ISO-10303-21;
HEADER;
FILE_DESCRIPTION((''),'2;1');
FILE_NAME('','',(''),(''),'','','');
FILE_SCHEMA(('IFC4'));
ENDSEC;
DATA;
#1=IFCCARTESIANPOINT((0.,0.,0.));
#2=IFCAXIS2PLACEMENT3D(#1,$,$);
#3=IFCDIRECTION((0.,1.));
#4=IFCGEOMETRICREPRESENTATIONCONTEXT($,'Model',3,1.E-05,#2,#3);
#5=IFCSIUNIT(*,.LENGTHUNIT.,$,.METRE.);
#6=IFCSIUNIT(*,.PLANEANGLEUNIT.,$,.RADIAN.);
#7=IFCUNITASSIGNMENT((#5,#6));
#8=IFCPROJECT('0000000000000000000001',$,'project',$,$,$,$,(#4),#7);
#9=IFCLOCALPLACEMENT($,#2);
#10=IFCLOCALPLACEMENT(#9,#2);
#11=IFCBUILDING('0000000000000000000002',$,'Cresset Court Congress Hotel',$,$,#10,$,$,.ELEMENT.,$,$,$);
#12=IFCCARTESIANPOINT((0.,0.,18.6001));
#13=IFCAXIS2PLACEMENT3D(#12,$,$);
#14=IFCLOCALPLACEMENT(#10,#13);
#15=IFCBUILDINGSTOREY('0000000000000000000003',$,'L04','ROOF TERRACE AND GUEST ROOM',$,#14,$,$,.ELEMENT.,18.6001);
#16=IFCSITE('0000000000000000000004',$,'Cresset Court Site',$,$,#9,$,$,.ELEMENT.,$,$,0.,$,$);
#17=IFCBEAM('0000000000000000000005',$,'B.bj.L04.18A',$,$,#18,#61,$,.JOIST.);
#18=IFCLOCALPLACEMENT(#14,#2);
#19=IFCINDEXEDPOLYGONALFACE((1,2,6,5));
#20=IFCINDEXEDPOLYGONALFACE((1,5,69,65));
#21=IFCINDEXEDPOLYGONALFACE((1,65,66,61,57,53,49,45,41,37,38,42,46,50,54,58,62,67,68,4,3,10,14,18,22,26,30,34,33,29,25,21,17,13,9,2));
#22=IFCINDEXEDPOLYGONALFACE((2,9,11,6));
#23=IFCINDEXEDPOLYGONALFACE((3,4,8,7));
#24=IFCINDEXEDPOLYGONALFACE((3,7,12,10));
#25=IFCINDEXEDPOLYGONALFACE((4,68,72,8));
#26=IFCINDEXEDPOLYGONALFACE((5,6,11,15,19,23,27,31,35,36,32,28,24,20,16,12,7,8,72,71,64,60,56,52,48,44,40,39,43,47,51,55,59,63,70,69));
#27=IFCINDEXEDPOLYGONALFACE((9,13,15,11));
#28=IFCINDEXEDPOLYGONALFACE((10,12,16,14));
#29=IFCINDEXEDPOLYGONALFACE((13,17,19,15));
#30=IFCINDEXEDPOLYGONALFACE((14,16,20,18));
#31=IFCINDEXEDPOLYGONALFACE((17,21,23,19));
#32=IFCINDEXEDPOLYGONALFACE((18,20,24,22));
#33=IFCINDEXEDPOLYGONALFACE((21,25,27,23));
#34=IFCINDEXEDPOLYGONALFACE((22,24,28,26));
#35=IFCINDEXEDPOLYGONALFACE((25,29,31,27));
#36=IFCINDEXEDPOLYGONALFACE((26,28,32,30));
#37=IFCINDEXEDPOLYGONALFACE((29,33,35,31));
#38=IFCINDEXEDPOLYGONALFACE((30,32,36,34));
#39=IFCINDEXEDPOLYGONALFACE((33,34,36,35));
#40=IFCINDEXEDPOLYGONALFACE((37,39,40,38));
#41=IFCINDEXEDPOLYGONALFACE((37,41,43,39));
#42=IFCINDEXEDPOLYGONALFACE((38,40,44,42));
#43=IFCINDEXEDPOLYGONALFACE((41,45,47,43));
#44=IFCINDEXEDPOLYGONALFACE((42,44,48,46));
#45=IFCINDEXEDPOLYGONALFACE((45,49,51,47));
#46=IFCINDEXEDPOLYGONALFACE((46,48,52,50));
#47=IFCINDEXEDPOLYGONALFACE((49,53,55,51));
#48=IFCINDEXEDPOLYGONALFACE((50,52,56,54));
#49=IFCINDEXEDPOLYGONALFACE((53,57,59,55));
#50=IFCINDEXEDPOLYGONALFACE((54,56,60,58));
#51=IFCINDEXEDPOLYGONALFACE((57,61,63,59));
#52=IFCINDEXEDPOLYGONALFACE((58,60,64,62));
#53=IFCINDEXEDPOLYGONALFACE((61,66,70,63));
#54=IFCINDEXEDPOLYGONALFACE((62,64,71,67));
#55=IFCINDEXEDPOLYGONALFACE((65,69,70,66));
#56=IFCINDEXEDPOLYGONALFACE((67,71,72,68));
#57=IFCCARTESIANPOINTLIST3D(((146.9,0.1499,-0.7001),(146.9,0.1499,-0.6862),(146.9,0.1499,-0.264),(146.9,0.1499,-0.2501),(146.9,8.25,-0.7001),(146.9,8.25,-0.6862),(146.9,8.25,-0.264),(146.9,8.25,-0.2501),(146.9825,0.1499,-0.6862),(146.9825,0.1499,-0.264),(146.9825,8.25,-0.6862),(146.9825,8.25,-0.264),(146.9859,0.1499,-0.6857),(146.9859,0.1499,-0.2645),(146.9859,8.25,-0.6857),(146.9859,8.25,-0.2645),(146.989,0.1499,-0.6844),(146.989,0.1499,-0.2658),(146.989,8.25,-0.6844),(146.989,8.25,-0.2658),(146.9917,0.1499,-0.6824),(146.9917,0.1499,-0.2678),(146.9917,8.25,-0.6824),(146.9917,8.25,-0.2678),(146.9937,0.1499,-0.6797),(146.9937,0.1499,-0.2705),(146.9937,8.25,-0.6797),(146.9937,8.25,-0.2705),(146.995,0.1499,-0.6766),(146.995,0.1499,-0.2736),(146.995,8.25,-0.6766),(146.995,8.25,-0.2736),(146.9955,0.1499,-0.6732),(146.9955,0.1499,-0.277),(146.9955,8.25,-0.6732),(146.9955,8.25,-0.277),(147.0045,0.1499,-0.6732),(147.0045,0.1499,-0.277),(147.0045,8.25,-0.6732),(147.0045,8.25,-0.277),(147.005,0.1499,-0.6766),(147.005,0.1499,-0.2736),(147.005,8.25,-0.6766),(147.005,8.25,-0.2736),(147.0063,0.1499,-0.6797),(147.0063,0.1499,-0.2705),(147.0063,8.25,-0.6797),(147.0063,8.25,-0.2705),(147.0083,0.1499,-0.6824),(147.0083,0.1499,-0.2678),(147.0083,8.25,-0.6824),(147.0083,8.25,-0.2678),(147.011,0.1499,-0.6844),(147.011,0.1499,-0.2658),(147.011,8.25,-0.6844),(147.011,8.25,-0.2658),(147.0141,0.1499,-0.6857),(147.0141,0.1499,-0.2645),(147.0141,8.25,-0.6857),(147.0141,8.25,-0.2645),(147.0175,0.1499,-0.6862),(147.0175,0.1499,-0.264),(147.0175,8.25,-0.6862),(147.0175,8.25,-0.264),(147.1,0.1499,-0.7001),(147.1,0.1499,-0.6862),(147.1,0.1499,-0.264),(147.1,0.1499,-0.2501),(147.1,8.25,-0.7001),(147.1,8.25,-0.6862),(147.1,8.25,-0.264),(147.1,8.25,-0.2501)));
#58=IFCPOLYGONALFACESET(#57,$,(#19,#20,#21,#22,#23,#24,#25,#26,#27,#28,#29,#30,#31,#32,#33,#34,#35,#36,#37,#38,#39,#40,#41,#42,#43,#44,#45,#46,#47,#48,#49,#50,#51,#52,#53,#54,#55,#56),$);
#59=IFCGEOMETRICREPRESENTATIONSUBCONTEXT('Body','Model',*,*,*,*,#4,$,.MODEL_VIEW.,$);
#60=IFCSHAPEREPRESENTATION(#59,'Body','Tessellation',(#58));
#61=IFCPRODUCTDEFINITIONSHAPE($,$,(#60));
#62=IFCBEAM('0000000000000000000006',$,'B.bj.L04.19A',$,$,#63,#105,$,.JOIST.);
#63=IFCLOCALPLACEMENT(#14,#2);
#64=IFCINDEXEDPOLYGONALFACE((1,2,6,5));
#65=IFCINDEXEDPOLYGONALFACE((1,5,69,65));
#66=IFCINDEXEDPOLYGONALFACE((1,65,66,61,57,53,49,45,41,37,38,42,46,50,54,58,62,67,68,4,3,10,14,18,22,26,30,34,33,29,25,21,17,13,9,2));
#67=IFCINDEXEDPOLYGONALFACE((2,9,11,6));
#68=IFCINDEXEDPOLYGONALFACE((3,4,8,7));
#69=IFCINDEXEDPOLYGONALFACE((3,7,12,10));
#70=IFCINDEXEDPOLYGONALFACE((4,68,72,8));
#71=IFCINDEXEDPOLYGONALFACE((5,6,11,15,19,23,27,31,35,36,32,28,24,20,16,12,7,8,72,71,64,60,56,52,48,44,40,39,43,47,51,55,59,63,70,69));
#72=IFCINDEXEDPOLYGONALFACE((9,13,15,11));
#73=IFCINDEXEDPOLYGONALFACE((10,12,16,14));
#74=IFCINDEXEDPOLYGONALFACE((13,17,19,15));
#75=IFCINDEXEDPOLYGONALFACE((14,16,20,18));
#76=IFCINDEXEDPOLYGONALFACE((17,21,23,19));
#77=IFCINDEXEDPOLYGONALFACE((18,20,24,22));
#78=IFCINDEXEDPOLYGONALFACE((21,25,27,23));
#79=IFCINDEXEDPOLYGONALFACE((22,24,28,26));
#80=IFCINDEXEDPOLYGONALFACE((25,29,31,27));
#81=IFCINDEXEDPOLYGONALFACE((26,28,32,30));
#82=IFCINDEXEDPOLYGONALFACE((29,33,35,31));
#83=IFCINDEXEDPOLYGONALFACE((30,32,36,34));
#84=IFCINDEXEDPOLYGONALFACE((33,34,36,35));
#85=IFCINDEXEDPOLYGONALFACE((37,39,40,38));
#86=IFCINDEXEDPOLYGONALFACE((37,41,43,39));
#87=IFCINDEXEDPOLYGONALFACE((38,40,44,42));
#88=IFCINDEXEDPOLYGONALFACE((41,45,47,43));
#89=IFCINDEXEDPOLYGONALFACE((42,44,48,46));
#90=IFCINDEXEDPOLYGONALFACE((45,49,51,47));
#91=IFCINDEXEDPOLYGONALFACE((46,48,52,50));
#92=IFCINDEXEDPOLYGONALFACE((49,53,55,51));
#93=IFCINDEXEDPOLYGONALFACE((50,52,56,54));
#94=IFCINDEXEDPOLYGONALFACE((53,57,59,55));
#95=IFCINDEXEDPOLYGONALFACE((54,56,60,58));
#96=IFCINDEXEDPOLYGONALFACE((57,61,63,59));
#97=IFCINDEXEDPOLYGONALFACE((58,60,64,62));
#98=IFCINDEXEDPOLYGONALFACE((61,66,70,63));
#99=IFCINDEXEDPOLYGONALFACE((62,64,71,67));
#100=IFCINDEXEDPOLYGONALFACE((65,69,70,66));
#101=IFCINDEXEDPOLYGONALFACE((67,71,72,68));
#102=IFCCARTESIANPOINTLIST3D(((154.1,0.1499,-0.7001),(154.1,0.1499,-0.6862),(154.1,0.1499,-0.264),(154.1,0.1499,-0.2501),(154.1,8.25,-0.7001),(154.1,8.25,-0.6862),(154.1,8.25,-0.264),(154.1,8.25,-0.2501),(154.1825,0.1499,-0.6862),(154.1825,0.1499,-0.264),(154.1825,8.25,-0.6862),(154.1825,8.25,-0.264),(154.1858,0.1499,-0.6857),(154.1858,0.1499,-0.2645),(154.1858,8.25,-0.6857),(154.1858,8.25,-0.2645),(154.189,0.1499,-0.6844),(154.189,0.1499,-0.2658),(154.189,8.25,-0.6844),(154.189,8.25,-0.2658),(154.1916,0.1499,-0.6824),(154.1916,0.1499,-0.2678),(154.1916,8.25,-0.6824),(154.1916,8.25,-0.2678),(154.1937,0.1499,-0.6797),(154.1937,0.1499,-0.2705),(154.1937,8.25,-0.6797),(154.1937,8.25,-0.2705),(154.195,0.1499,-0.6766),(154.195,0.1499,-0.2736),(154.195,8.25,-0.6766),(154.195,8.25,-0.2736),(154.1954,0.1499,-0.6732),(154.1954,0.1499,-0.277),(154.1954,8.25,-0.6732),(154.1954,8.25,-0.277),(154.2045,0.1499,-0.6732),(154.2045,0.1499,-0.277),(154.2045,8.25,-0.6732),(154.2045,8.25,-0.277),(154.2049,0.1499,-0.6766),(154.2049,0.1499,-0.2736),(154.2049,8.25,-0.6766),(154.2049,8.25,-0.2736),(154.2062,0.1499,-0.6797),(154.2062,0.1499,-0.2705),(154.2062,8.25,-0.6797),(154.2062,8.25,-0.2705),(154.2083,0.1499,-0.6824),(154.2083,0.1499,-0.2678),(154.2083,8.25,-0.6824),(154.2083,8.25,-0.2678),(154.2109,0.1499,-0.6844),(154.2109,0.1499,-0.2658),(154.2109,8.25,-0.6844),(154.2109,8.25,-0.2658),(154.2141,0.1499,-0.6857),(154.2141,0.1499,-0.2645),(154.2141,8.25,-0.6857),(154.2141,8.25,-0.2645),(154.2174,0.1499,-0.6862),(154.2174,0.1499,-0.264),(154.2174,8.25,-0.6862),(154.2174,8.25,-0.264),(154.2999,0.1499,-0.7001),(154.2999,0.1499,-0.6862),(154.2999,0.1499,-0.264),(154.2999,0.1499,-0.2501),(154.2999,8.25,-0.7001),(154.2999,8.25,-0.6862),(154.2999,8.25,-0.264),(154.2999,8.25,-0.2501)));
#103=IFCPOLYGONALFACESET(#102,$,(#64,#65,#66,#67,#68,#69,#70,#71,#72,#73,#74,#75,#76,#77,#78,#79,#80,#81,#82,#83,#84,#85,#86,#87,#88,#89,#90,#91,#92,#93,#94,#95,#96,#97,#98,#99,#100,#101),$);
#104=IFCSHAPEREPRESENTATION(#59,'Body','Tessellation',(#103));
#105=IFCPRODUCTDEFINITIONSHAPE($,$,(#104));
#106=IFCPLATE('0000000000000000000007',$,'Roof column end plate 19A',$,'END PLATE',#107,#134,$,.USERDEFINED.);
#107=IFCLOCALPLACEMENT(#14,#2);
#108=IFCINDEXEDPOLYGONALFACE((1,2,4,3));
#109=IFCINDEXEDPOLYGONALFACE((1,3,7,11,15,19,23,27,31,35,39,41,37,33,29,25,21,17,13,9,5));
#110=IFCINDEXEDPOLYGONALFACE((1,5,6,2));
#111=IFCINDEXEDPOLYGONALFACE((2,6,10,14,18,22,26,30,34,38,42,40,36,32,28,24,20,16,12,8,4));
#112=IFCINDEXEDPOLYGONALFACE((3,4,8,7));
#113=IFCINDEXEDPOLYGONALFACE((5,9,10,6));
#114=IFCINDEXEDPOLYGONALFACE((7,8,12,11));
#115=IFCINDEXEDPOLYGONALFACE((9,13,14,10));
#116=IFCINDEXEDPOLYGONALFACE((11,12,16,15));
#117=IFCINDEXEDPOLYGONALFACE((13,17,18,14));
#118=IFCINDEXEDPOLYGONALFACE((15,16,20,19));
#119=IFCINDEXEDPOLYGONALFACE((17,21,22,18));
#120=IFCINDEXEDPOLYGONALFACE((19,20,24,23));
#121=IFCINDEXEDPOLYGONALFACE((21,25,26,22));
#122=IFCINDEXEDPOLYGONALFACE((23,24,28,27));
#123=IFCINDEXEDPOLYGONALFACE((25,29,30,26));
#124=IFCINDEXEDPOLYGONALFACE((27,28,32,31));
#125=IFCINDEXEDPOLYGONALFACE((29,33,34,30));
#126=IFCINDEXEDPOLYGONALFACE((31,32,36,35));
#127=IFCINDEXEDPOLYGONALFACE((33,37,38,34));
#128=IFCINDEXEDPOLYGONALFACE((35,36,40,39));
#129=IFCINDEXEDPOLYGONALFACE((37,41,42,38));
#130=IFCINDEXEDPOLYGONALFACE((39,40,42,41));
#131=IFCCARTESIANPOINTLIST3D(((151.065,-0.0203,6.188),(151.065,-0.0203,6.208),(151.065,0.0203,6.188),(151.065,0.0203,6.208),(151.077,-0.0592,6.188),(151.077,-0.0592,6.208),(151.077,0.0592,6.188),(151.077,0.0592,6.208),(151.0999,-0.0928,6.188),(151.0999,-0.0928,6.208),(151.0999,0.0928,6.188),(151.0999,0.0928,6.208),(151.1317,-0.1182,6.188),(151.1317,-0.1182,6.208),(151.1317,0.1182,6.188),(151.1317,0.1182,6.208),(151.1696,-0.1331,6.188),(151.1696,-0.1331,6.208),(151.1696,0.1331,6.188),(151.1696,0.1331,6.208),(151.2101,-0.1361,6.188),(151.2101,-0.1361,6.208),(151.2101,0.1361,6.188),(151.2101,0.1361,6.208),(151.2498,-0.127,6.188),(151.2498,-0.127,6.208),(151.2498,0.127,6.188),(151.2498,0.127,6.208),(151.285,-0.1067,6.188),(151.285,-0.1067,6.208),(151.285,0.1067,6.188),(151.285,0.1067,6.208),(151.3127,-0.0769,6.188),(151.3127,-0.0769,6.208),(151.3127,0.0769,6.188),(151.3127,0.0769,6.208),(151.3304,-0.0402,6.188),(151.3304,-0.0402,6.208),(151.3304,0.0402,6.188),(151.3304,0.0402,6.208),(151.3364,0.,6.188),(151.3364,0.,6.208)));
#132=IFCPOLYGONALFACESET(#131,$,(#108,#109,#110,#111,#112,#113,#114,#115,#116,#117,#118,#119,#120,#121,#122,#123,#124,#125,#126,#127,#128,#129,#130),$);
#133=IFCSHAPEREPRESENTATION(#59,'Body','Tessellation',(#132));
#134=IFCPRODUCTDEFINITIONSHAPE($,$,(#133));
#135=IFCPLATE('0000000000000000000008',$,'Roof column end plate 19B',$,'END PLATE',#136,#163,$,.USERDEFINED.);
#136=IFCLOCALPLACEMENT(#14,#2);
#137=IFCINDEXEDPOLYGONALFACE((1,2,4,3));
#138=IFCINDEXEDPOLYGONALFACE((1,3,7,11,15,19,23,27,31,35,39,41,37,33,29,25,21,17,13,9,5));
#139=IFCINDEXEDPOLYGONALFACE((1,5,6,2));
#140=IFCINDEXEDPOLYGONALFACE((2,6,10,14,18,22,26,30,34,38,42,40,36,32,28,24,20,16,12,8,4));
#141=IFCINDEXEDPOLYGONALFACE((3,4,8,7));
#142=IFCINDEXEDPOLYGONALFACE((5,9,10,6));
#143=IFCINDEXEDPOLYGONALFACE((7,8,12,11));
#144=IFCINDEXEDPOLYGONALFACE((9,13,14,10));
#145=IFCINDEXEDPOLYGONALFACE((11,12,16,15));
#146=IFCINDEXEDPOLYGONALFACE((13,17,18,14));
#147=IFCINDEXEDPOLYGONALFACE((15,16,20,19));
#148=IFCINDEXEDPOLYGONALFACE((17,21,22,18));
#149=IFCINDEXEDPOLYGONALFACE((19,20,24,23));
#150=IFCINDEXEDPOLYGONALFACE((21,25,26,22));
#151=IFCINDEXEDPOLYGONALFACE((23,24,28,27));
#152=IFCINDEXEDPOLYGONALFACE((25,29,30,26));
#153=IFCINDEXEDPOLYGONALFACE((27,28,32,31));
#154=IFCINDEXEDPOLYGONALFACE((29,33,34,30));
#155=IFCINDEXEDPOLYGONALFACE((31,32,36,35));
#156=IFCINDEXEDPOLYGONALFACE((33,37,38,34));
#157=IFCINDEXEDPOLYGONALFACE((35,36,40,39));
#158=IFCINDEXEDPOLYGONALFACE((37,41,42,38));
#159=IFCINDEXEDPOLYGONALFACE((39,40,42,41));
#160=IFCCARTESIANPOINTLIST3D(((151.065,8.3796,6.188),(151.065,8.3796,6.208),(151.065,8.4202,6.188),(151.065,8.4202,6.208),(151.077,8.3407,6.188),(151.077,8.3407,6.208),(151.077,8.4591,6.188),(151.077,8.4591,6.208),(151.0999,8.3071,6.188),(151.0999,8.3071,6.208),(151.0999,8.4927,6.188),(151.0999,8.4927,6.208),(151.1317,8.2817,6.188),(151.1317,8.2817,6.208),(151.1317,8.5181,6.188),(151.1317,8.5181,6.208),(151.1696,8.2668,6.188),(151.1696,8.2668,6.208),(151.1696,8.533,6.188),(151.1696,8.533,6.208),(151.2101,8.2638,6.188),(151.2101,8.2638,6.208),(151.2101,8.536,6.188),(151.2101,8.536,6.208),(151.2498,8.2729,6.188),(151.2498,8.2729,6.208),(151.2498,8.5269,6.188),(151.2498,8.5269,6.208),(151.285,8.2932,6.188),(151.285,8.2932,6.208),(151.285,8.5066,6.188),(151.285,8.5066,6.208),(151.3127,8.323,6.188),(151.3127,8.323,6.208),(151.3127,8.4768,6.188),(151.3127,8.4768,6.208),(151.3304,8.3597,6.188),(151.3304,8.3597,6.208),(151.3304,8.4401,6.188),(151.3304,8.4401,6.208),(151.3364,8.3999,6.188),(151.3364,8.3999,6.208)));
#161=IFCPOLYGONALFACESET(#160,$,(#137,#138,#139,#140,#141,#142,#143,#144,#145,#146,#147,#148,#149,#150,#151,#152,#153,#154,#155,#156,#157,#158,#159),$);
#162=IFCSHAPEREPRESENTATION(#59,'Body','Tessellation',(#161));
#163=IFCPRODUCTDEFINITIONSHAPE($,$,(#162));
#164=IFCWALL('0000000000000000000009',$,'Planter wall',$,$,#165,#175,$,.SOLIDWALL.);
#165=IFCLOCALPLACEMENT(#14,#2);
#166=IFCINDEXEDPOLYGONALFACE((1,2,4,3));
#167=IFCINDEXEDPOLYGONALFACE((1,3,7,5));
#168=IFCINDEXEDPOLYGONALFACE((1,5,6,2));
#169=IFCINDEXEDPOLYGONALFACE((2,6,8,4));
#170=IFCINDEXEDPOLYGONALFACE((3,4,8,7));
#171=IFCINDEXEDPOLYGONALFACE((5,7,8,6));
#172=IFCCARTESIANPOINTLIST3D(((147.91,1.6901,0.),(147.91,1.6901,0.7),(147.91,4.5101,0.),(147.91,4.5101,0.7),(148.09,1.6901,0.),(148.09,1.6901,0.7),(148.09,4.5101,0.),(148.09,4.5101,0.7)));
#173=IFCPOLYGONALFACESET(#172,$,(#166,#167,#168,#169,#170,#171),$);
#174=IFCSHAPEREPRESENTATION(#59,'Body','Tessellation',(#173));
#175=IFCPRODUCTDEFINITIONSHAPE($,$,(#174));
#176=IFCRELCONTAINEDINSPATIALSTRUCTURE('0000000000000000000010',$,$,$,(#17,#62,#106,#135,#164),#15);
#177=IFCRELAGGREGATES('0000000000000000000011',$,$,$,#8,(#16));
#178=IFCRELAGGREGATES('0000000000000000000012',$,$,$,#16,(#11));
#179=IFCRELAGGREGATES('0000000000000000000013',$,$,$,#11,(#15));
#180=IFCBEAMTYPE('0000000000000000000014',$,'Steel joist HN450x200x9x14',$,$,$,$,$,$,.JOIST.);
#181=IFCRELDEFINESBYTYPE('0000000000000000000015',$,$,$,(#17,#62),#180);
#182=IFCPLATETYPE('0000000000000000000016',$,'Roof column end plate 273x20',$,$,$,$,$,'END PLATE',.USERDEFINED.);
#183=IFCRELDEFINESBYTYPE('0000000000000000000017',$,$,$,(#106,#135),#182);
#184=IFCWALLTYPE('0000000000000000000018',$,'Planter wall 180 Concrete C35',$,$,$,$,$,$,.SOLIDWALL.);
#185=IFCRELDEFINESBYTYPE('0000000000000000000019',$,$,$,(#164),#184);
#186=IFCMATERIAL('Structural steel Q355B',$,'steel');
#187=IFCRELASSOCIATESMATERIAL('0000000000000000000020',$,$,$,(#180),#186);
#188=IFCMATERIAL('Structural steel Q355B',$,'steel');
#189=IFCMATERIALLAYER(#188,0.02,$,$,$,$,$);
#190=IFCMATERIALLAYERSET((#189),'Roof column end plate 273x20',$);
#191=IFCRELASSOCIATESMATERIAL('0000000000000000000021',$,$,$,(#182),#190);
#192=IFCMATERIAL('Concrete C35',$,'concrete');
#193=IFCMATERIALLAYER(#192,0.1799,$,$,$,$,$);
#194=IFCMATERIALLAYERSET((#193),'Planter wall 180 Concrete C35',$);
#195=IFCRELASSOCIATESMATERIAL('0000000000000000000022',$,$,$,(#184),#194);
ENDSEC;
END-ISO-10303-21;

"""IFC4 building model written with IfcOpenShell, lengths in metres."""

from ifc_helpers import new_model, si_unit, direction, frame, frame_2d, origin, origin_2d, place, context, subcontext, project, spatial, rectangle, circle, i_section, extrude, material, layer, layer_set, material_profile, profile_set, type_object, element, save


model = new_model("IFC4")

# Units and contexts
model_context = context("Model", 3, precision=1e-05, world=origin(), true_north=direction((0.0, 1.0)))
body_context = subcontext(model_context, "Body", "Model", "MODEL_VIEW")
ifc_project = project(units=[si_unit("LENGTHUNIT", "METRE"), si_unit("PLANEANGLEUNIT", "RADIAN")], contexts=[model_context])

# Site, building, storey
site_placement = place(None, origin())
site = spatial("IfcSite", under=ifc_project, at=site_placement, Name="Cresset Court Site", CompositionType="ELEMENT", RefElevation=0.0)
building_placement = place(site_placement, origin())
building = spatial("IfcBuilding", under=site, at=building_placement, Name="Cresset Court Congress Hotel", CompositionType="ELEMENT")
storey_placement = place(building_placement, frame((0.0, 0.0, 18.6001)))
storey = spatial("IfcBuildingStorey", under=building, at=storey_placement, Name="L04", Description="ROOF TERRACE AND GUEST ROOM", CompositionType="ELEMENT", Elevation=18.6001)

# Beams
ifc_material_1 = material(Name="Structural steel Q355B", Category="steel")
ifc_material_profile_1 = material_profile(ifc_material_1, i_section(OverallWidth=0.2, OverallDepth=0.45, WebThickness=0.009, FlangeThickness=0.0139, FilletRadius=0.0129, at=origin_2d()), Name="HN450x200x9x14")
ifc_profile_set_1 = profile_set([ifc_material_profile_1], Name="Structural steel Q355B")
beam_type_1 = type_object("IfcBeamType", Name="Steel joist HN450x200x9x14", PredefinedType="JOIST", material=ifc_profile_set_1)
for number, where, z_axis, x_axis, name in (
    (1, (147.0, 0.1499, -0.4751), (0.0, 1.0, 0.0), (-1.0, 0.0, 0.0), "B.bj.L04.18A"),
    (2, (154.2, 0.1499, -0.4751), (0.0, 1.0, 0.0), (-1.0, 0.0, 0.0), "B.bj.L04.19A"),
):
    element("IfcBeam", number, at=place(storey_placement, frame(where, z_axis=z_axis, x_axis=x_axis)), inside=storey, type_object=beam_type_1, Name=name, PredefinedType="JOIST", context=body_context, shape_type="SweptSolid", body=[
        extrude(i_section(OverallWidth=0.2, OverallDepth=0.45, WebThickness=0.009, FlangeThickness=0.0139, FilletRadius=0.0129, at=origin_2d()), origin(), (0.0, 0.0, 1.0), 8.1001),
    ])

# Plates
ifc_material_2 = material(Name="Structural steel Q355B", Category="steel")
ifc_layer_1 = layer(ifc_material_2, 0.02)
ifc_layer_set_1 = layer_set([ifc_layer_1], Name="Roof column end plate 273x20")
plate_type = type_object("IfcPlateType", Name="Roof column end plate 273x20", ElementType="END PLATE", PredefinedType="USERDEFINED", material=ifc_layer_set_1)
for number, where, z_axis, x_axis, name in (
    (3, (151.2, 0.0, 6.188), (0.0, 0.0, 1.0), (1.0, 0.0, 0.0), "Roof column end plate 19A"),
    (4, (151.2, 8.3999, 6.188), (0.0, 0.0, 1.0), (1.0, 0.0, 0.0), "Roof column end plate 19B"),
):
    element("IfcPlate", number, at=place(storey_placement, frame(where, z_axis=z_axis, x_axis=x_axis)), inside=storey, type_object=plate_type, Name=name, ObjectType="END PLATE", PredefinedType="USERDEFINED", context=body_context, shape_type="SweptSolid", body=[
        extrude(circle(Radius=0.1365, at=origin_2d()), origin(), (0.0, 0.0, 1.0), 0.02),
    ])

# Wall
ifc_material_3 = material(Name="Concrete C35", Category="concrete")
ifc_layer_2 = layer(ifc_material_3, 0.1799)
ifc_layer_set_2 = layer_set([ifc_layer_2], Name="Planter wall 180 Concrete C35")
wall_type = type_object("IfcWallType", Name="Planter wall 180 Concrete C35", PredefinedType="SOLIDWALL", material=ifc_layer_set_2)
wall_placement = place(storey_placement, frame((148.0, 1.6899, 0.0), z_axis=(0.0, 0.0, 1.0), x_axis=(0.0, 1.0, 0.0)))
element("IfcWall", 5, at=wall_placement, inside=storey, type_object=wall_type, Name="Planter wall", PredefinedType="SOLIDWALL", context=body_context, shape_type="SweptSolid", body=[
    extrude(rectangle(XDim=2.8201, YDim=0.1799, at=frame_2d((1.4102, 0.0))), origin(), (0.0, 0.0, 1.0), 0.7),
])

save(model, "model.ifc")
